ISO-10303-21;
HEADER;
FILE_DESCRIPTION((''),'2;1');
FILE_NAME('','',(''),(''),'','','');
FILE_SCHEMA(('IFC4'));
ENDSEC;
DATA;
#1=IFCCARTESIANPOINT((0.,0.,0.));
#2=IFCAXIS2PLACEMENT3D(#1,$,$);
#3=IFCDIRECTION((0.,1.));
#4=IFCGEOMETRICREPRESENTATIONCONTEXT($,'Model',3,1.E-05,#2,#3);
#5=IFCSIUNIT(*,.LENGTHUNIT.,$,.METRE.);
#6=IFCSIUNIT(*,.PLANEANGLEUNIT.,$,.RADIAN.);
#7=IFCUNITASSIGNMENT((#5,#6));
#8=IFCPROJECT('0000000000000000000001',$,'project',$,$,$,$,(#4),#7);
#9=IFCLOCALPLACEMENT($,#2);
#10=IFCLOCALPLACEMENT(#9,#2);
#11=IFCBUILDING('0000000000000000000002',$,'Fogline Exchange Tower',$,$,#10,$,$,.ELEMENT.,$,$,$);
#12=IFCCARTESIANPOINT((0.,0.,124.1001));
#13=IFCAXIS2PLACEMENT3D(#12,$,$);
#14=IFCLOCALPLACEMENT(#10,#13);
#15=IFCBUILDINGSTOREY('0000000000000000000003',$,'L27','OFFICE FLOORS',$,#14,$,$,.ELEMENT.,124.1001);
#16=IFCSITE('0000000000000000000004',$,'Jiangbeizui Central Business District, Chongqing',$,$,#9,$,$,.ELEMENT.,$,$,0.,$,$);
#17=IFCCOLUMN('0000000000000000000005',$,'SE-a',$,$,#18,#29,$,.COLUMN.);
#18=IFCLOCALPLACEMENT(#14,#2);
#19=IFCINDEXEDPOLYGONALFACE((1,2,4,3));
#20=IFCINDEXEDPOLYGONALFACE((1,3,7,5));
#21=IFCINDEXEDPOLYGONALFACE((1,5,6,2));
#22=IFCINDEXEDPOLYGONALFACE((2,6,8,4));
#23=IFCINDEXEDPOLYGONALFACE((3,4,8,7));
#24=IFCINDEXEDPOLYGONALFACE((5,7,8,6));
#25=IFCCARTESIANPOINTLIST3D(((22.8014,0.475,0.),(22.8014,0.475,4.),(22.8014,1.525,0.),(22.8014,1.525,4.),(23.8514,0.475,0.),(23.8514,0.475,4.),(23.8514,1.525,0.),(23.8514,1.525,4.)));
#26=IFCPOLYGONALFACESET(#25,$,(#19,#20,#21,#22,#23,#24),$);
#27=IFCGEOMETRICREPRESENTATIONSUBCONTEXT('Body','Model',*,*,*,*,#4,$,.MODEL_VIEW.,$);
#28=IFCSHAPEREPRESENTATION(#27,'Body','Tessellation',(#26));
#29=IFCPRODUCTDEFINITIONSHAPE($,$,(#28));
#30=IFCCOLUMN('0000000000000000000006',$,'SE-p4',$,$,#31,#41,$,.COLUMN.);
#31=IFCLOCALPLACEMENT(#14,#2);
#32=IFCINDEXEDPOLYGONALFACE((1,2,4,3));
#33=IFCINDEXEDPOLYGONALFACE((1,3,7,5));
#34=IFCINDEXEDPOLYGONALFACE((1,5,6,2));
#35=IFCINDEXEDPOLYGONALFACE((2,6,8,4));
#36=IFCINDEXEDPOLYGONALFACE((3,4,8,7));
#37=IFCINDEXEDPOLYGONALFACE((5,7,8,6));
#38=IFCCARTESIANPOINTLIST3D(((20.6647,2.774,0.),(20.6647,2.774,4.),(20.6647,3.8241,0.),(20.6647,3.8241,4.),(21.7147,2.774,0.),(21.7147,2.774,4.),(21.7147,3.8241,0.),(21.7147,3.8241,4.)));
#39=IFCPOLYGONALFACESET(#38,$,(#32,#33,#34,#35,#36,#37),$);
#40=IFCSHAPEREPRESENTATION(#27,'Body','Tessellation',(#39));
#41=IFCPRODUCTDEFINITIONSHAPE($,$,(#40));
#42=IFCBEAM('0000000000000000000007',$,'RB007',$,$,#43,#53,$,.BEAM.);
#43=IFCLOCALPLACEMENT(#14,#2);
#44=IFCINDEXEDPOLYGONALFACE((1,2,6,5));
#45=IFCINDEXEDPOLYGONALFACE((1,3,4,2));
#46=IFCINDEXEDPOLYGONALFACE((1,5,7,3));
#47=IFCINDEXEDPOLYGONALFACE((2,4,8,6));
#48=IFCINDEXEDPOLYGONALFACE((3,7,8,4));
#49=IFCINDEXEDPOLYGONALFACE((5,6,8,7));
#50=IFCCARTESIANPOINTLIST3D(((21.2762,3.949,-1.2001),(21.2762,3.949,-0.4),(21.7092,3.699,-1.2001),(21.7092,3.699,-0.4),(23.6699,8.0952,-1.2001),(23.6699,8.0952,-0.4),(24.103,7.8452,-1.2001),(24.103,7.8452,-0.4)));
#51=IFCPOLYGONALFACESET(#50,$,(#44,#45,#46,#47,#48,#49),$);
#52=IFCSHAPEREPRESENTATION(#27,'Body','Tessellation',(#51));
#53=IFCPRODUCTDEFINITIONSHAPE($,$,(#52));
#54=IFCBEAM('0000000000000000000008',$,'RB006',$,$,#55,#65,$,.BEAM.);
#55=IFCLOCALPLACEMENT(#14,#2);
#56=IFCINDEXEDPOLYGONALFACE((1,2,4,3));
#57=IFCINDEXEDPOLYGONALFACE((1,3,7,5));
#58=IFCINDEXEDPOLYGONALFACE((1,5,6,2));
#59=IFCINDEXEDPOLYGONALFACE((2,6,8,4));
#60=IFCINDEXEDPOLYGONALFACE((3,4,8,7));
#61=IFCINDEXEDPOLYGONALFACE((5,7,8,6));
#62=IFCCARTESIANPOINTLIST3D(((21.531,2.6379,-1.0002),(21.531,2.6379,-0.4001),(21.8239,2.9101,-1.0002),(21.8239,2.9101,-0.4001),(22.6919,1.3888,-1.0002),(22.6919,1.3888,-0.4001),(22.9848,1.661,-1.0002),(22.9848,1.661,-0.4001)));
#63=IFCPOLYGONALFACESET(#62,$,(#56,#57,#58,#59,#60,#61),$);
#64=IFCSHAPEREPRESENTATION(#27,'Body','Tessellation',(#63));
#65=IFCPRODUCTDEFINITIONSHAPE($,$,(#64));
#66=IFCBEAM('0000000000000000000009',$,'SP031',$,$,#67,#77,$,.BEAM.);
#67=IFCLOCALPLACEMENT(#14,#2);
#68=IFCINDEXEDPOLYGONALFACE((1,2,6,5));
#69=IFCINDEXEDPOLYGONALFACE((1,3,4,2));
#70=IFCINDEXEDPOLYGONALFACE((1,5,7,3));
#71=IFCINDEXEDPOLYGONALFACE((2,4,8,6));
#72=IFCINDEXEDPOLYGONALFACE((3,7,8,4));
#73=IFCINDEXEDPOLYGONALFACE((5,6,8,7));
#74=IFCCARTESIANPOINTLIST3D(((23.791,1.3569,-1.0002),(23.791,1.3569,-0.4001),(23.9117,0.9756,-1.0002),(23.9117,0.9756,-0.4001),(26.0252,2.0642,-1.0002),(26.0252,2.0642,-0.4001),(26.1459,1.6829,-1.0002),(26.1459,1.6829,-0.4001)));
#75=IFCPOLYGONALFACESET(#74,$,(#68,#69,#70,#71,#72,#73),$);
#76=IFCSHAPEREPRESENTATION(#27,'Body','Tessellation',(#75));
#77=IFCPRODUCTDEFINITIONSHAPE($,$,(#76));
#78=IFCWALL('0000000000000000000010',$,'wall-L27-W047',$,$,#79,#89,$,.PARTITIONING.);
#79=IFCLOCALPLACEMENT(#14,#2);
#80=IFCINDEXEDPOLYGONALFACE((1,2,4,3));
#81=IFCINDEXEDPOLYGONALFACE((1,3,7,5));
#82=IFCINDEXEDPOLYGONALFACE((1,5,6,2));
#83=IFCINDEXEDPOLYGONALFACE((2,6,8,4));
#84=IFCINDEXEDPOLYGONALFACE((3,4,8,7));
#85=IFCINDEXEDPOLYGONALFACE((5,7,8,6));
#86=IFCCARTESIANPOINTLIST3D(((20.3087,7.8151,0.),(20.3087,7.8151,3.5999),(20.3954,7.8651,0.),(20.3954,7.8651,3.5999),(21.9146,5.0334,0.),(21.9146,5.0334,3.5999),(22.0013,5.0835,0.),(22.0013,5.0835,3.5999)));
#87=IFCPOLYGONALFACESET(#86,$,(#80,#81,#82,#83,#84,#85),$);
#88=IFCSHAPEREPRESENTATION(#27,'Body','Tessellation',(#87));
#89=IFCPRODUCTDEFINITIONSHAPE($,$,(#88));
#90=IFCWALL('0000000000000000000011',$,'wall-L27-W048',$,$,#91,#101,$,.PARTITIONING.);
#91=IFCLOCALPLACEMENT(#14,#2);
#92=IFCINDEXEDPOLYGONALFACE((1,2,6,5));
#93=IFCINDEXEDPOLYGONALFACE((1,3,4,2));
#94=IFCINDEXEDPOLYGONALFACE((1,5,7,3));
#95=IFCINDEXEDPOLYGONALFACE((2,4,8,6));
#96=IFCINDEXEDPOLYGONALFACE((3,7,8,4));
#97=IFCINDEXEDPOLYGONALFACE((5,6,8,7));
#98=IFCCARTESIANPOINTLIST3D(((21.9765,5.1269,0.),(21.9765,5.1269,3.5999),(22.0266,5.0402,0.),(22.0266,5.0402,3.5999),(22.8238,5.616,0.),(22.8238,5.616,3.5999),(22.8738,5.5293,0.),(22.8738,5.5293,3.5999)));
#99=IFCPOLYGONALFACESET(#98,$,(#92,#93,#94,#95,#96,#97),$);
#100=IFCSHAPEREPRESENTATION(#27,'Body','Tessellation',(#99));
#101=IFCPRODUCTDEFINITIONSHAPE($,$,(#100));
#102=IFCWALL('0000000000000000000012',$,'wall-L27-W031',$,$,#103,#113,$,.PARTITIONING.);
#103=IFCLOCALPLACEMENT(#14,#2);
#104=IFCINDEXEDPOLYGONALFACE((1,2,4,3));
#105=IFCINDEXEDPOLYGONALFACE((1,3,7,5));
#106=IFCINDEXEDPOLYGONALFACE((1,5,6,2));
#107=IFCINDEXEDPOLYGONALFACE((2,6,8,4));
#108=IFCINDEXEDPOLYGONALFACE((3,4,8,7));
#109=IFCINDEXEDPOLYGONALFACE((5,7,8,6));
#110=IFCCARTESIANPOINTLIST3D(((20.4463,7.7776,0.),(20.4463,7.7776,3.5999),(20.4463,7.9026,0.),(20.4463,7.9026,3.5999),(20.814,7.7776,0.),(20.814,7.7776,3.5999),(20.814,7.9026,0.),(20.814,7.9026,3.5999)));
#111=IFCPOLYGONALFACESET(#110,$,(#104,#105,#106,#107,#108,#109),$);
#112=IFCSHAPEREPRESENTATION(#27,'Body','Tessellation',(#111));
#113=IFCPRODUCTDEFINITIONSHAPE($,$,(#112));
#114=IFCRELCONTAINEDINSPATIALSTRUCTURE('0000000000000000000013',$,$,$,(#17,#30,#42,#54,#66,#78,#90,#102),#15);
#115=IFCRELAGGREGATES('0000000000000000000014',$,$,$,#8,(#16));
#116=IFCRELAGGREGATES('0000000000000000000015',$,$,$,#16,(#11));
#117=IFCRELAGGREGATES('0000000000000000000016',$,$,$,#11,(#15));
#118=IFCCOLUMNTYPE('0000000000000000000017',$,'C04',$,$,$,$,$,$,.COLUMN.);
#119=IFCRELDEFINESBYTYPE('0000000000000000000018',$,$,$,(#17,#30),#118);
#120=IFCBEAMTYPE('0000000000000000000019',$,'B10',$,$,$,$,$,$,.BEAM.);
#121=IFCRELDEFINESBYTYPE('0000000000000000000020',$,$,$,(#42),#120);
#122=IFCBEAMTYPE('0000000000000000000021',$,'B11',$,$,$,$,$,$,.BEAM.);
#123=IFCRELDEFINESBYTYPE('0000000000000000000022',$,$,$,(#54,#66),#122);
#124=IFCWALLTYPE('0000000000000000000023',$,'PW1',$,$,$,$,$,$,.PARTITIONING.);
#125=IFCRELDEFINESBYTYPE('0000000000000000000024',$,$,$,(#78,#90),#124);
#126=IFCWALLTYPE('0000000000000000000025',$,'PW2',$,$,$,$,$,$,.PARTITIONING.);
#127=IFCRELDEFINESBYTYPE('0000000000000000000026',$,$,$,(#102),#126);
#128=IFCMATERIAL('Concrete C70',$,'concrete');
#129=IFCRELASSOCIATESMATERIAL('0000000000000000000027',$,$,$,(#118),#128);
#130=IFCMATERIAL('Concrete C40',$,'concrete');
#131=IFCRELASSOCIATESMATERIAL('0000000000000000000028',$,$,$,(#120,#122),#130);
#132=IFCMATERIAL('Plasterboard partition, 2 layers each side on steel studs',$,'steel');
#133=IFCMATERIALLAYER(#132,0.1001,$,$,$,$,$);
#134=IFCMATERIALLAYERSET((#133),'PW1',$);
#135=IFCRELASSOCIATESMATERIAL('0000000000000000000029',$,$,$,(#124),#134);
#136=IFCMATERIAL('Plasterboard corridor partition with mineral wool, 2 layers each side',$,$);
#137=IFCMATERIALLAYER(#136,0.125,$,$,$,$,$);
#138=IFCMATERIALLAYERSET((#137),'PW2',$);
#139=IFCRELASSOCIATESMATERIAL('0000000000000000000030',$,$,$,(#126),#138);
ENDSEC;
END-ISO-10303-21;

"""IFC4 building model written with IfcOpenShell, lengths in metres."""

from ifc_helpers import new_model, si_unit, direction, frame, frame_2d, origin, origin_2d, place, context, subcontext, project, spatial, rectangle, extrude, material, layer, layer_set, material_profile, profile_set, type_object, element, save


model = new_model("IFC4")

# Units and contexts
model_context = context("Model", 3, precision=1e-05, world=origin(), true_north=direction((0.0, 1.0)))
body_context = subcontext(model_context, "Body", "Model", "MODEL_VIEW")
ifc_project = project(units=[si_unit("LENGTHUNIT", "METRE"), si_unit("PLANEANGLEUNIT", "RADIAN")], contexts=[model_context])

# Site, building, storey
site_placement = place(None, origin())
site = spatial("IfcSite", under=ifc_project, at=site_placement, Name="Jiangbeizui Central Business District, Chongqing", CompositionType="ELEMENT", RefElevation=0.0)
building_placement = place(site_placement, origin())
building = spatial("IfcBuilding", under=site, at=building_placement, Name="Fogline Exchange Tower", CompositionType="ELEMENT")
storey_placement = place(building_placement, frame((0.0, 0.0, 124.1001)))
storey = spatial("IfcBuildingStorey", under=building, at=storey_placement, Name="L27", Description="OFFICE FLOORS", CompositionType="ELEMENT", Elevation=124.1001)

# Columns
ifc_material_1 = material(Name="Concrete C70", Category="concrete")
ifc_material_profile_1 = material_profile(ifc_material_1, rectangle(XDim=1.05, YDim=1.05, at=origin_2d()), Name="RC 1050x1050")
ifc_profile_set_1 = profile_set([ifc_material_profile_1], Name="Concrete C70")
column_type = type_object("IfcColumnType", Name="C04", PredefinedType="COLUMN", material=ifc_profile_set_1)
for number, where, z_axis, x_axis, name in (
    (1, (23.3264, 1.0, 0.0), (0.0, 0.0, 1.0), (1.0, 0.0, 0.0), "SE-a"),
    (2, (21.1897, 3.2991, 0.0), (0.0, 0.0, 1.0), (1.0, 0.0, 0.0), "SE-p4"),
):
    element("IfcColumn", number, at=place(storey_placement, frame(where, z_axis=z_axis, x_axis=x_axis)), inside=storey, type_object=column_type, Name=name, PredefinedType="COLUMN", context=body_context, shape_type="SweptSolid", body=[
        extrude(rectangle(XDim=1.05, YDim=1.05, at=origin_2d()), origin(), (0.0, 0.0, 1.0), 4.0),
    ])

# Beams
ifc_material_2 = material(Name="Concrete C40", Category="concrete")
ifc_material_profile_2 = material_profile(ifc_material_2, rectangle(XDim=0.5, YDim=0.8, at=origin_2d()), Name="RC 500x800")
ifc_profile_set_2 = profile_set([ifc_material_profile_2], Name="Concrete C40")
beam_type_1 = type_object("IfcBeamType", Name="B10", PredefinedType="BEAM", material=ifc_profile_set_2)
beam_1_placement = place(storey_placement, frame((21.4927, 3.824, -0.8), z_axis=(0.499995, 0.866028, 0.0), x_axis=(-0.866028, 0.499995, 0.0)))
element("IfcBeam", 3, at=beam_1_placement, inside=storey, type_object=beam_type_1, Name="RB007", PredefinedType="BEAM", context=body_context, shape_type="SweptSolid", body=[
    extrude(rectangle(XDim=0.5, YDim=0.8, at=origin_2d()), origin(), (0.0, 0.0, 1.0), 4.7876),
])
ifc_material_profile_3 = material_profile(ifc_material_2, rectangle(XDim=0.3999, YDim=0.6001, at=origin_2d()), Name="RC 400x600")
ifc_profile_set_3 = profile_set([ifc_material_profile_3], Name="Concrete C40")
beam_type_2 = type_object("IfcBeamType", Name="B11", PredefinedType="BEAM", material=ifc_profile_set_3)
beam_2_placement = place(storey_placement, frame((22.8384, 1.5249, -0.7002), z_axis=(-0.680792, 0.732477, 0.0), x_axis=(-0.732477, -0.680792, 0.0)))
element("IfcBeam", 4, at=beam_2_placement, inside=storey, type_object=beam_type_2, Name="RB006", PredefinedType="BEAM", context=body_context, shape_type="SweptSolid", body=[
    extrude(rectangle(XDim=0.3999, YDim=0.6001, at=origin_2d()), origin(), (0.0, 0.0, 1.0), 1.7053),
])
beam_3_placement = place(storey_placement, frame((23.8513, 1.1663, -0.7002), z_axis=(0.953367, 0.301814, 0.0), x_axis=(-0.301814, 0.953367, 0.0)))
element("IfcBeam", 5, at=beam_3_placement, inside=storey, type_object=beam_type_2, Name="SP031", PredefinedType="BEAM", context=body_context, shape_type="SweptSolid", body=[
    extrude(rectangle(XDim=0.3999, YDim=0.6001, at=origin_2d()), origin(), (0.0, 0.0, 1.0), 2.3435),
])

# Walls
ifc_material_3 = material(Name="Plasterboard partition, 2 layers each side on steel studs", Category="steel")
ifc_layer_1 = layer(ifc_material_3, 0.1001)
ifc_layer_set_1 = layer_set([ifc_layer_1], Name="PW1")
wall_type_1 = type_object("IfcWallType", Name="PW1", PredefinedType="PARTITIONING", material=ifc_layer_set_1)
wall_1_placement = place(storey_placement, frame((20.3521, 7.8401, 0.0), z_axis=(0.0, 0.0, 1.0), x_axis=(0.499981, -0.866036, 0.0)))
element("IfcWall", 6, at=wall_1_placement, inside=storey, type_object=wall_type_1, Name="wall-L27-W047", PredefinedType="PARTITIONING", context=body_context, shape_type="SweptSolid", body=[
    extrude(rectangle(XDim=3.2119, YDim=0.1001, at=frame_2d((1.606, 0.0))), origin(), (0.0, 0.0, 1.0), 3.5999),
])
wall_2_placement = place(storey_placement, frame((22.0015, 5.0835, 0.0), z_axis=(0.0, 0.0, 1.0), x_axis=(0.866069, 0.499924, 0.0)))
element("IfcWall", 7, at=wall_2_placement, inside=storey, type_object=wall_type_1, Name="wall-L27-W048", PredefinedType="PARTITIONING", context=body_context, shape_type="SweptSolid", body=[
    extrude(rectangle(XDim=0.9783, YDim=0.1001, at=frame_2d((0.4893, 0.0))), origin(), (0.0, 0.0, 1.0), 3.5999),
])
ifc_material_4 = material(Name="Plasterboard corridor partition with mineral wool, 2 layers each side")
ifc_layer_2 = layer(ifc_material_4, 0.125)
ifc_layer_set_2 = layer_set([ifc_layer_2], Name="PW2")
wall_type_2 = type_object("IfcWallType", Name="PW2", PredefinedType="PARTITIONING", material=ifc_layer_set_2)
wall_3_placement = place(storey_placement, frame((20.814, 7.8401, 0.0), z_axis=(0.0, 0.0, 1.0), x_axis=(-1.0, 0.0, 0.0)))
element("IfcWall", 8, at=wall_3_placement, inside=storey, type_object=wall_type_2, Name="wall-L27-W031", PredefinedType="PARTITIONING", context=body_context, shape_type="SweptSolid", body=[
    extrude(rectangle(XDim=0.3677, YDim=0.125, at=frame_2d((0.1838, 0.0))), origin(), (0.0, 0.0, 1.0), 3.5999),
])

save(model, "model.ifc")
